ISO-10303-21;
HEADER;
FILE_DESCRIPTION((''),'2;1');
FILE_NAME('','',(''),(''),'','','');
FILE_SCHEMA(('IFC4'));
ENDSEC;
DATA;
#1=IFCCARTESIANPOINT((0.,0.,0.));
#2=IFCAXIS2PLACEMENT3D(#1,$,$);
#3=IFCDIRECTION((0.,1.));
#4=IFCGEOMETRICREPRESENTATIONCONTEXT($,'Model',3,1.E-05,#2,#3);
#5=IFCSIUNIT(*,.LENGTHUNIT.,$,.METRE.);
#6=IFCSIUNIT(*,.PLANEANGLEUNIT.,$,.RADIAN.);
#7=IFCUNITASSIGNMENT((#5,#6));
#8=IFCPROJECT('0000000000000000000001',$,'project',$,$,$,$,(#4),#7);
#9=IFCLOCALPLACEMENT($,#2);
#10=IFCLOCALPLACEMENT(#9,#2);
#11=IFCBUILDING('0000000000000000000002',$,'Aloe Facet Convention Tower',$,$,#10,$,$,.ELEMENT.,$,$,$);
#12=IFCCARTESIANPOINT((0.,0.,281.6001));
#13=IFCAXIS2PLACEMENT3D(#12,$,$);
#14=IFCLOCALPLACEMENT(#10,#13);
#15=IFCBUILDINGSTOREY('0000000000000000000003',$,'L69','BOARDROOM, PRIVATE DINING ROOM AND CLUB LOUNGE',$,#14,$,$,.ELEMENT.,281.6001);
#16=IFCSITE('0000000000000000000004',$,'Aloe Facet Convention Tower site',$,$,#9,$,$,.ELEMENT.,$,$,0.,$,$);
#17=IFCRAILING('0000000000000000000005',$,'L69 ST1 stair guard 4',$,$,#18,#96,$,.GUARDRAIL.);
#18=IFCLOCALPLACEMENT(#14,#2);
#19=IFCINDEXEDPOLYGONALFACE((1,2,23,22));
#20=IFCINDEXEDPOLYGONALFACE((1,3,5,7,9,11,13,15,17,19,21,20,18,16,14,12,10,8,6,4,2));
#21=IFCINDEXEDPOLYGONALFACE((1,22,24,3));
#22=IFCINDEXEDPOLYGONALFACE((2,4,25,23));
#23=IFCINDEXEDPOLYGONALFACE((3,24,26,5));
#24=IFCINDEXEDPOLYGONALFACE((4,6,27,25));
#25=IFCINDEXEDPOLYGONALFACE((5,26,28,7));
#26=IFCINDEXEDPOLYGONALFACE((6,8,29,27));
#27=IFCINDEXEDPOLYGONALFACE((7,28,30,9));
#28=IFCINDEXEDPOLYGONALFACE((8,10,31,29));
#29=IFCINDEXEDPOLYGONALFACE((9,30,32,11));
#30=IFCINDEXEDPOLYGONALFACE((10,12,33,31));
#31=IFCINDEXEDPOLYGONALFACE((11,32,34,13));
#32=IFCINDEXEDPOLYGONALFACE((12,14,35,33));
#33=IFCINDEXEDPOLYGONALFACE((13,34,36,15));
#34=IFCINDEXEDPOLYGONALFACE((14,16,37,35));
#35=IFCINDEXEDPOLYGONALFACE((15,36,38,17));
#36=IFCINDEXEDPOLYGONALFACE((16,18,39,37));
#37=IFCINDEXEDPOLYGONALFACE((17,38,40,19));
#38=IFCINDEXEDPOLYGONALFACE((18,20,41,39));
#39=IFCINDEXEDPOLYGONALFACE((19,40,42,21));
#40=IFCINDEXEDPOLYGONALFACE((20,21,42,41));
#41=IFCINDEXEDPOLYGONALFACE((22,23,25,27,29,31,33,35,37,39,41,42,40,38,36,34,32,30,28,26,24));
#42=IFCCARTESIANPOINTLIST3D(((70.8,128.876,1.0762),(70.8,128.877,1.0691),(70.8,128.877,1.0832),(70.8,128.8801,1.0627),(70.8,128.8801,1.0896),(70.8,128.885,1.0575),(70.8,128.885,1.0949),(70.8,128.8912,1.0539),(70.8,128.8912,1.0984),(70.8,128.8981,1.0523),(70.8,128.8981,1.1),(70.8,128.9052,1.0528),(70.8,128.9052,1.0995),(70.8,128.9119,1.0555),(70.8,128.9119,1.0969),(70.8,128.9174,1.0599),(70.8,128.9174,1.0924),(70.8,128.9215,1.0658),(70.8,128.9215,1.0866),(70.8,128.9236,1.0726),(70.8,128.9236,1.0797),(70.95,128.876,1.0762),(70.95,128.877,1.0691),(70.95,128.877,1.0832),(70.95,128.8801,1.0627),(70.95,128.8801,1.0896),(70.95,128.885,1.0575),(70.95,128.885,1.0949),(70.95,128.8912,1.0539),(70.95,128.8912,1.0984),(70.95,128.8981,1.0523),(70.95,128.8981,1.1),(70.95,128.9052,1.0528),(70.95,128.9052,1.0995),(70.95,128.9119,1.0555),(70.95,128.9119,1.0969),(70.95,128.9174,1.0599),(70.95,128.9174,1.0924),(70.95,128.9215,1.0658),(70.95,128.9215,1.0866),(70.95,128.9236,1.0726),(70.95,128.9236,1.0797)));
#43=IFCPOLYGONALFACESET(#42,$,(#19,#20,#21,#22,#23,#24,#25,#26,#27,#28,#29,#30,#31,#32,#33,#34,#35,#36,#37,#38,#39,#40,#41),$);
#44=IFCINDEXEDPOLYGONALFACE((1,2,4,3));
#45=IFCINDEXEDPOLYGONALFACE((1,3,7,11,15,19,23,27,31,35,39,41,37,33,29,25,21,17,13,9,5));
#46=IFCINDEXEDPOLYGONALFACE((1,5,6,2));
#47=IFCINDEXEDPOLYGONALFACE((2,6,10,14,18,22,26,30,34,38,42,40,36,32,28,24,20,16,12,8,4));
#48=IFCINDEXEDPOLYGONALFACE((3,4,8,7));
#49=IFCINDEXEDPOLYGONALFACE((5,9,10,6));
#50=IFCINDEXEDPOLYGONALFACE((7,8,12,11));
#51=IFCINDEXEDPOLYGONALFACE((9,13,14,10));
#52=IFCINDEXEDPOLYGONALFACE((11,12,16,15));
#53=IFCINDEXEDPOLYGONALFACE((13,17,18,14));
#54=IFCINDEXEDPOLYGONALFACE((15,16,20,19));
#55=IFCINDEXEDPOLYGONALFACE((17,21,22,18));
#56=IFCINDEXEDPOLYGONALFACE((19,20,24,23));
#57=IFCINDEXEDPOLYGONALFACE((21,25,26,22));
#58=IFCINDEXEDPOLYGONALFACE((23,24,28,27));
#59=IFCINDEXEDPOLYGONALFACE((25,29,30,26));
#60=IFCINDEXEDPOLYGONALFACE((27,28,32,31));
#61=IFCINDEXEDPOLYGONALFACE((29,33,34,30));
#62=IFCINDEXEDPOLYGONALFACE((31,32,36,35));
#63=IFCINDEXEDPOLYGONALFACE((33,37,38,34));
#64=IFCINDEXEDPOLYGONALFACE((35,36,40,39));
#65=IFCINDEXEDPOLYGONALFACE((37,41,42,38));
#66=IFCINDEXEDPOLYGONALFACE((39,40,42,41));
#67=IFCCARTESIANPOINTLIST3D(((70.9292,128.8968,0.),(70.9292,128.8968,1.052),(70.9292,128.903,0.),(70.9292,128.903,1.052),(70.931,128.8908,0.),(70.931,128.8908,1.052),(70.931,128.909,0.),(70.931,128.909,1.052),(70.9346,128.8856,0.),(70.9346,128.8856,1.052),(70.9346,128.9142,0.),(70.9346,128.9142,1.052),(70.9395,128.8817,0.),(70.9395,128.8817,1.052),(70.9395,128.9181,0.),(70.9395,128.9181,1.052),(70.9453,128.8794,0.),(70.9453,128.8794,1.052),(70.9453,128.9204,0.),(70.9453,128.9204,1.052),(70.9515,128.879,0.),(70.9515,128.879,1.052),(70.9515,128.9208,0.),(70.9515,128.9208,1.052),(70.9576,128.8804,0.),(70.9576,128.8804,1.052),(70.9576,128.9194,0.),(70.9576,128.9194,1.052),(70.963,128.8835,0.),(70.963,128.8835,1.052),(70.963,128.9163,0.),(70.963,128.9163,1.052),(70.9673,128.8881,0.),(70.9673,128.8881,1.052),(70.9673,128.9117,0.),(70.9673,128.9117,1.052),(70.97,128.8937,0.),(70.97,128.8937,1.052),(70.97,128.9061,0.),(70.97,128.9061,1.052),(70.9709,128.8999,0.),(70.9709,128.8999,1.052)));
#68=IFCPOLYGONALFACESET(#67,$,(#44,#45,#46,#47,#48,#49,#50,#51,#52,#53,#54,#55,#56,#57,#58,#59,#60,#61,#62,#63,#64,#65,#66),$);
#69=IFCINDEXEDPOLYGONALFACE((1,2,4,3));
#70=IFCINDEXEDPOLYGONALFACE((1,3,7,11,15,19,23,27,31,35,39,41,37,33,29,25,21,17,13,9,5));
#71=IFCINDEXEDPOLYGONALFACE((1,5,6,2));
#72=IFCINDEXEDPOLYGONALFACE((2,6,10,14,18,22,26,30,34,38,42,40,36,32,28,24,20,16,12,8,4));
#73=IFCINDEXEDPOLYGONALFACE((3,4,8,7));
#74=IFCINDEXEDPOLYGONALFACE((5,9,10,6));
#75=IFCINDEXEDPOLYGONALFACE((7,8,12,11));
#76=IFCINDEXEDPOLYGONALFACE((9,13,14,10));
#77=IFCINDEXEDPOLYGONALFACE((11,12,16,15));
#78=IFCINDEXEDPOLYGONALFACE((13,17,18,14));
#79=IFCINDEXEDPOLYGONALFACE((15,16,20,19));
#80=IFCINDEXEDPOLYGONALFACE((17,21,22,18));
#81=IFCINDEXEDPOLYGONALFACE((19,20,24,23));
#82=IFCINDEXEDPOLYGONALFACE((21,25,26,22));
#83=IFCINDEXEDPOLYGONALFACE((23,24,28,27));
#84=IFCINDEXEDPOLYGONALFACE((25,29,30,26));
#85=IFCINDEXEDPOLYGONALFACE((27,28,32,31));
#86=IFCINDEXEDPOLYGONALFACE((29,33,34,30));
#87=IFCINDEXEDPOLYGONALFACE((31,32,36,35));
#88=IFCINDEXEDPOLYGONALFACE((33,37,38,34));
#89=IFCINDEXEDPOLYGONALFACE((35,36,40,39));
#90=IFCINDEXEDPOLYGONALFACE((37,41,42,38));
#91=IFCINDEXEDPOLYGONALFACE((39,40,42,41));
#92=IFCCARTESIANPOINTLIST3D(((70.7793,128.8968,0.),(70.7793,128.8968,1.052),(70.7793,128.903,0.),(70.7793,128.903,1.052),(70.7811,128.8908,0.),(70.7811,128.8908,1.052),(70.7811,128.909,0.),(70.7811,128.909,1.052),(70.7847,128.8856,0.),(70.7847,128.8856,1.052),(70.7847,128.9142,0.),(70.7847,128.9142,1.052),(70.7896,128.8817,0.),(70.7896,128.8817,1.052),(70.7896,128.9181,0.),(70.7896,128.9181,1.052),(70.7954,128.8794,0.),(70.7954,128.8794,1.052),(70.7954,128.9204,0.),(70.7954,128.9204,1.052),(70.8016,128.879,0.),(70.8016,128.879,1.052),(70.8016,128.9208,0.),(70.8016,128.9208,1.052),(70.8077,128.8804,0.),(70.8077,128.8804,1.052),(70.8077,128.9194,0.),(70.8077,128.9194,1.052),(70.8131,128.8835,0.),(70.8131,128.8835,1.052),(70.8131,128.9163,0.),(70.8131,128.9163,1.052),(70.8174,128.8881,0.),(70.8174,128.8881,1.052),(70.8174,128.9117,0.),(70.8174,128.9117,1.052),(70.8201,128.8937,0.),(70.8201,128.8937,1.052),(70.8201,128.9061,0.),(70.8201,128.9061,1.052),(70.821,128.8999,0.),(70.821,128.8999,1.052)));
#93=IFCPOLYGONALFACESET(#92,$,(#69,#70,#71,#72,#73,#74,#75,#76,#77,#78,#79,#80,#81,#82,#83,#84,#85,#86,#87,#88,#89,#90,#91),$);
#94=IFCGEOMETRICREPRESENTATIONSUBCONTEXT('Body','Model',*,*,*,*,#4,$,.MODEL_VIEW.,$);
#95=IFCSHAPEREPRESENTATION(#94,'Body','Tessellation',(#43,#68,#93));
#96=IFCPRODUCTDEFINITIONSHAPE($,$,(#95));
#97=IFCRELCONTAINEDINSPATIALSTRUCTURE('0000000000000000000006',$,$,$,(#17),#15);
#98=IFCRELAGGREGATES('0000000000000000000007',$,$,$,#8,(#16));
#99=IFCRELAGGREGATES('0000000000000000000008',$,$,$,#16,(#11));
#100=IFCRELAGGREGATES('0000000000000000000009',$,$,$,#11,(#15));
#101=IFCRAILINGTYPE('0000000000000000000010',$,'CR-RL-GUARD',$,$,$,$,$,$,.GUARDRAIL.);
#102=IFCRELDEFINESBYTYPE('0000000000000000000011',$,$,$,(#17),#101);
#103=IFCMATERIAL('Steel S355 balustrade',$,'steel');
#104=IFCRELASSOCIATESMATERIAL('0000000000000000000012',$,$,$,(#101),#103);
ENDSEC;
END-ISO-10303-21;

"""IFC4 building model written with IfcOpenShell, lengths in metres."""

from ifc_helpers import new_model, si_unit, direction, frame, origin, origin_2d, place, context, subcontext, project, spatial, circle, extrude, material, type_object, element, save


model = new_model("IFC4")

# Units and contexts
model_context = context("Model", 3, precision=1e-05, world=origin(), true_north=direction((0.0, 1.0)))
body_context = subcontext(model_context, "Body", "Model", "MODEL_VIEW")
ifc_project = project(units=[si_unit("LENGTHUNIT", "METRE"), si_unit("PLANEANGLEUNIT", "RADIAN")], contexts=[model_context])

# Site, building, storey
site_placement = place(None, origin())
site = spatial("IfcSite", under=ifc_project, at=site_placement, Name="Aloe Facet Convention Tower site", CompositionType="ELEMENT", RefElevation=0.0)
building_placement = place(site_placement, origin())
building = spatial("IfcBuilding", under=site, at=building_placement, Name="Aloe Facet Convention Tower", CompositionType="ELEMENT")
storey_placement = place(building_placement, frame((0.0, 0.0, 281.6001)))
storey = spatial("IfcBuildingStorey", under=building, at=storey_placement, Name="L69", Description="BOARDROOM, PRIVATE DINING ROOM AND CLUB LOUNGE", CompositionType="ELEMENT", Elevation=281.6001)

# Railing
ifc_material_1 = material(Name="Steel S355 balustrade", Category="steel")
railing_type_1 = type_object("IfcRailingType", Name="CR-RL-GUARD", PredefinedType="GUARDRAIL", material=ifc_material_1)
railing_1_placement = place(storey_placement, frame((70.95, 128.8999, 0.0)))
element("IfcRailing", 1, at=railing_1_placement, inside=storey, type_object=railing_type_1, Name="L69 ST1 stair guard 4", PredefinedType="GUARDRAIL", context=body_context, shape_type="SweptSolid", body=[
    extrude(circle(Radius=0.0239, at=origin_2d()), frame((0.0, 0.0, 1.0762), z_axis=(-1.0, 0.0, 0.0), x_axis=(0.0, -1.0, 0.0)), (0.0, 0.0, 1.0), 0.1499),
    extrude(circle(Radius=0.021, at=origin_2d()), origin(), (0.0, 0.0, 1.0), 1.052),
    extrude(circle(Radius=0.021, at=origin_2d()), frame((-0.1499, 0.0, 0.0)), (0.0, 0.0, 1.0), 1.052),
])

save(model, "model.ifc")
